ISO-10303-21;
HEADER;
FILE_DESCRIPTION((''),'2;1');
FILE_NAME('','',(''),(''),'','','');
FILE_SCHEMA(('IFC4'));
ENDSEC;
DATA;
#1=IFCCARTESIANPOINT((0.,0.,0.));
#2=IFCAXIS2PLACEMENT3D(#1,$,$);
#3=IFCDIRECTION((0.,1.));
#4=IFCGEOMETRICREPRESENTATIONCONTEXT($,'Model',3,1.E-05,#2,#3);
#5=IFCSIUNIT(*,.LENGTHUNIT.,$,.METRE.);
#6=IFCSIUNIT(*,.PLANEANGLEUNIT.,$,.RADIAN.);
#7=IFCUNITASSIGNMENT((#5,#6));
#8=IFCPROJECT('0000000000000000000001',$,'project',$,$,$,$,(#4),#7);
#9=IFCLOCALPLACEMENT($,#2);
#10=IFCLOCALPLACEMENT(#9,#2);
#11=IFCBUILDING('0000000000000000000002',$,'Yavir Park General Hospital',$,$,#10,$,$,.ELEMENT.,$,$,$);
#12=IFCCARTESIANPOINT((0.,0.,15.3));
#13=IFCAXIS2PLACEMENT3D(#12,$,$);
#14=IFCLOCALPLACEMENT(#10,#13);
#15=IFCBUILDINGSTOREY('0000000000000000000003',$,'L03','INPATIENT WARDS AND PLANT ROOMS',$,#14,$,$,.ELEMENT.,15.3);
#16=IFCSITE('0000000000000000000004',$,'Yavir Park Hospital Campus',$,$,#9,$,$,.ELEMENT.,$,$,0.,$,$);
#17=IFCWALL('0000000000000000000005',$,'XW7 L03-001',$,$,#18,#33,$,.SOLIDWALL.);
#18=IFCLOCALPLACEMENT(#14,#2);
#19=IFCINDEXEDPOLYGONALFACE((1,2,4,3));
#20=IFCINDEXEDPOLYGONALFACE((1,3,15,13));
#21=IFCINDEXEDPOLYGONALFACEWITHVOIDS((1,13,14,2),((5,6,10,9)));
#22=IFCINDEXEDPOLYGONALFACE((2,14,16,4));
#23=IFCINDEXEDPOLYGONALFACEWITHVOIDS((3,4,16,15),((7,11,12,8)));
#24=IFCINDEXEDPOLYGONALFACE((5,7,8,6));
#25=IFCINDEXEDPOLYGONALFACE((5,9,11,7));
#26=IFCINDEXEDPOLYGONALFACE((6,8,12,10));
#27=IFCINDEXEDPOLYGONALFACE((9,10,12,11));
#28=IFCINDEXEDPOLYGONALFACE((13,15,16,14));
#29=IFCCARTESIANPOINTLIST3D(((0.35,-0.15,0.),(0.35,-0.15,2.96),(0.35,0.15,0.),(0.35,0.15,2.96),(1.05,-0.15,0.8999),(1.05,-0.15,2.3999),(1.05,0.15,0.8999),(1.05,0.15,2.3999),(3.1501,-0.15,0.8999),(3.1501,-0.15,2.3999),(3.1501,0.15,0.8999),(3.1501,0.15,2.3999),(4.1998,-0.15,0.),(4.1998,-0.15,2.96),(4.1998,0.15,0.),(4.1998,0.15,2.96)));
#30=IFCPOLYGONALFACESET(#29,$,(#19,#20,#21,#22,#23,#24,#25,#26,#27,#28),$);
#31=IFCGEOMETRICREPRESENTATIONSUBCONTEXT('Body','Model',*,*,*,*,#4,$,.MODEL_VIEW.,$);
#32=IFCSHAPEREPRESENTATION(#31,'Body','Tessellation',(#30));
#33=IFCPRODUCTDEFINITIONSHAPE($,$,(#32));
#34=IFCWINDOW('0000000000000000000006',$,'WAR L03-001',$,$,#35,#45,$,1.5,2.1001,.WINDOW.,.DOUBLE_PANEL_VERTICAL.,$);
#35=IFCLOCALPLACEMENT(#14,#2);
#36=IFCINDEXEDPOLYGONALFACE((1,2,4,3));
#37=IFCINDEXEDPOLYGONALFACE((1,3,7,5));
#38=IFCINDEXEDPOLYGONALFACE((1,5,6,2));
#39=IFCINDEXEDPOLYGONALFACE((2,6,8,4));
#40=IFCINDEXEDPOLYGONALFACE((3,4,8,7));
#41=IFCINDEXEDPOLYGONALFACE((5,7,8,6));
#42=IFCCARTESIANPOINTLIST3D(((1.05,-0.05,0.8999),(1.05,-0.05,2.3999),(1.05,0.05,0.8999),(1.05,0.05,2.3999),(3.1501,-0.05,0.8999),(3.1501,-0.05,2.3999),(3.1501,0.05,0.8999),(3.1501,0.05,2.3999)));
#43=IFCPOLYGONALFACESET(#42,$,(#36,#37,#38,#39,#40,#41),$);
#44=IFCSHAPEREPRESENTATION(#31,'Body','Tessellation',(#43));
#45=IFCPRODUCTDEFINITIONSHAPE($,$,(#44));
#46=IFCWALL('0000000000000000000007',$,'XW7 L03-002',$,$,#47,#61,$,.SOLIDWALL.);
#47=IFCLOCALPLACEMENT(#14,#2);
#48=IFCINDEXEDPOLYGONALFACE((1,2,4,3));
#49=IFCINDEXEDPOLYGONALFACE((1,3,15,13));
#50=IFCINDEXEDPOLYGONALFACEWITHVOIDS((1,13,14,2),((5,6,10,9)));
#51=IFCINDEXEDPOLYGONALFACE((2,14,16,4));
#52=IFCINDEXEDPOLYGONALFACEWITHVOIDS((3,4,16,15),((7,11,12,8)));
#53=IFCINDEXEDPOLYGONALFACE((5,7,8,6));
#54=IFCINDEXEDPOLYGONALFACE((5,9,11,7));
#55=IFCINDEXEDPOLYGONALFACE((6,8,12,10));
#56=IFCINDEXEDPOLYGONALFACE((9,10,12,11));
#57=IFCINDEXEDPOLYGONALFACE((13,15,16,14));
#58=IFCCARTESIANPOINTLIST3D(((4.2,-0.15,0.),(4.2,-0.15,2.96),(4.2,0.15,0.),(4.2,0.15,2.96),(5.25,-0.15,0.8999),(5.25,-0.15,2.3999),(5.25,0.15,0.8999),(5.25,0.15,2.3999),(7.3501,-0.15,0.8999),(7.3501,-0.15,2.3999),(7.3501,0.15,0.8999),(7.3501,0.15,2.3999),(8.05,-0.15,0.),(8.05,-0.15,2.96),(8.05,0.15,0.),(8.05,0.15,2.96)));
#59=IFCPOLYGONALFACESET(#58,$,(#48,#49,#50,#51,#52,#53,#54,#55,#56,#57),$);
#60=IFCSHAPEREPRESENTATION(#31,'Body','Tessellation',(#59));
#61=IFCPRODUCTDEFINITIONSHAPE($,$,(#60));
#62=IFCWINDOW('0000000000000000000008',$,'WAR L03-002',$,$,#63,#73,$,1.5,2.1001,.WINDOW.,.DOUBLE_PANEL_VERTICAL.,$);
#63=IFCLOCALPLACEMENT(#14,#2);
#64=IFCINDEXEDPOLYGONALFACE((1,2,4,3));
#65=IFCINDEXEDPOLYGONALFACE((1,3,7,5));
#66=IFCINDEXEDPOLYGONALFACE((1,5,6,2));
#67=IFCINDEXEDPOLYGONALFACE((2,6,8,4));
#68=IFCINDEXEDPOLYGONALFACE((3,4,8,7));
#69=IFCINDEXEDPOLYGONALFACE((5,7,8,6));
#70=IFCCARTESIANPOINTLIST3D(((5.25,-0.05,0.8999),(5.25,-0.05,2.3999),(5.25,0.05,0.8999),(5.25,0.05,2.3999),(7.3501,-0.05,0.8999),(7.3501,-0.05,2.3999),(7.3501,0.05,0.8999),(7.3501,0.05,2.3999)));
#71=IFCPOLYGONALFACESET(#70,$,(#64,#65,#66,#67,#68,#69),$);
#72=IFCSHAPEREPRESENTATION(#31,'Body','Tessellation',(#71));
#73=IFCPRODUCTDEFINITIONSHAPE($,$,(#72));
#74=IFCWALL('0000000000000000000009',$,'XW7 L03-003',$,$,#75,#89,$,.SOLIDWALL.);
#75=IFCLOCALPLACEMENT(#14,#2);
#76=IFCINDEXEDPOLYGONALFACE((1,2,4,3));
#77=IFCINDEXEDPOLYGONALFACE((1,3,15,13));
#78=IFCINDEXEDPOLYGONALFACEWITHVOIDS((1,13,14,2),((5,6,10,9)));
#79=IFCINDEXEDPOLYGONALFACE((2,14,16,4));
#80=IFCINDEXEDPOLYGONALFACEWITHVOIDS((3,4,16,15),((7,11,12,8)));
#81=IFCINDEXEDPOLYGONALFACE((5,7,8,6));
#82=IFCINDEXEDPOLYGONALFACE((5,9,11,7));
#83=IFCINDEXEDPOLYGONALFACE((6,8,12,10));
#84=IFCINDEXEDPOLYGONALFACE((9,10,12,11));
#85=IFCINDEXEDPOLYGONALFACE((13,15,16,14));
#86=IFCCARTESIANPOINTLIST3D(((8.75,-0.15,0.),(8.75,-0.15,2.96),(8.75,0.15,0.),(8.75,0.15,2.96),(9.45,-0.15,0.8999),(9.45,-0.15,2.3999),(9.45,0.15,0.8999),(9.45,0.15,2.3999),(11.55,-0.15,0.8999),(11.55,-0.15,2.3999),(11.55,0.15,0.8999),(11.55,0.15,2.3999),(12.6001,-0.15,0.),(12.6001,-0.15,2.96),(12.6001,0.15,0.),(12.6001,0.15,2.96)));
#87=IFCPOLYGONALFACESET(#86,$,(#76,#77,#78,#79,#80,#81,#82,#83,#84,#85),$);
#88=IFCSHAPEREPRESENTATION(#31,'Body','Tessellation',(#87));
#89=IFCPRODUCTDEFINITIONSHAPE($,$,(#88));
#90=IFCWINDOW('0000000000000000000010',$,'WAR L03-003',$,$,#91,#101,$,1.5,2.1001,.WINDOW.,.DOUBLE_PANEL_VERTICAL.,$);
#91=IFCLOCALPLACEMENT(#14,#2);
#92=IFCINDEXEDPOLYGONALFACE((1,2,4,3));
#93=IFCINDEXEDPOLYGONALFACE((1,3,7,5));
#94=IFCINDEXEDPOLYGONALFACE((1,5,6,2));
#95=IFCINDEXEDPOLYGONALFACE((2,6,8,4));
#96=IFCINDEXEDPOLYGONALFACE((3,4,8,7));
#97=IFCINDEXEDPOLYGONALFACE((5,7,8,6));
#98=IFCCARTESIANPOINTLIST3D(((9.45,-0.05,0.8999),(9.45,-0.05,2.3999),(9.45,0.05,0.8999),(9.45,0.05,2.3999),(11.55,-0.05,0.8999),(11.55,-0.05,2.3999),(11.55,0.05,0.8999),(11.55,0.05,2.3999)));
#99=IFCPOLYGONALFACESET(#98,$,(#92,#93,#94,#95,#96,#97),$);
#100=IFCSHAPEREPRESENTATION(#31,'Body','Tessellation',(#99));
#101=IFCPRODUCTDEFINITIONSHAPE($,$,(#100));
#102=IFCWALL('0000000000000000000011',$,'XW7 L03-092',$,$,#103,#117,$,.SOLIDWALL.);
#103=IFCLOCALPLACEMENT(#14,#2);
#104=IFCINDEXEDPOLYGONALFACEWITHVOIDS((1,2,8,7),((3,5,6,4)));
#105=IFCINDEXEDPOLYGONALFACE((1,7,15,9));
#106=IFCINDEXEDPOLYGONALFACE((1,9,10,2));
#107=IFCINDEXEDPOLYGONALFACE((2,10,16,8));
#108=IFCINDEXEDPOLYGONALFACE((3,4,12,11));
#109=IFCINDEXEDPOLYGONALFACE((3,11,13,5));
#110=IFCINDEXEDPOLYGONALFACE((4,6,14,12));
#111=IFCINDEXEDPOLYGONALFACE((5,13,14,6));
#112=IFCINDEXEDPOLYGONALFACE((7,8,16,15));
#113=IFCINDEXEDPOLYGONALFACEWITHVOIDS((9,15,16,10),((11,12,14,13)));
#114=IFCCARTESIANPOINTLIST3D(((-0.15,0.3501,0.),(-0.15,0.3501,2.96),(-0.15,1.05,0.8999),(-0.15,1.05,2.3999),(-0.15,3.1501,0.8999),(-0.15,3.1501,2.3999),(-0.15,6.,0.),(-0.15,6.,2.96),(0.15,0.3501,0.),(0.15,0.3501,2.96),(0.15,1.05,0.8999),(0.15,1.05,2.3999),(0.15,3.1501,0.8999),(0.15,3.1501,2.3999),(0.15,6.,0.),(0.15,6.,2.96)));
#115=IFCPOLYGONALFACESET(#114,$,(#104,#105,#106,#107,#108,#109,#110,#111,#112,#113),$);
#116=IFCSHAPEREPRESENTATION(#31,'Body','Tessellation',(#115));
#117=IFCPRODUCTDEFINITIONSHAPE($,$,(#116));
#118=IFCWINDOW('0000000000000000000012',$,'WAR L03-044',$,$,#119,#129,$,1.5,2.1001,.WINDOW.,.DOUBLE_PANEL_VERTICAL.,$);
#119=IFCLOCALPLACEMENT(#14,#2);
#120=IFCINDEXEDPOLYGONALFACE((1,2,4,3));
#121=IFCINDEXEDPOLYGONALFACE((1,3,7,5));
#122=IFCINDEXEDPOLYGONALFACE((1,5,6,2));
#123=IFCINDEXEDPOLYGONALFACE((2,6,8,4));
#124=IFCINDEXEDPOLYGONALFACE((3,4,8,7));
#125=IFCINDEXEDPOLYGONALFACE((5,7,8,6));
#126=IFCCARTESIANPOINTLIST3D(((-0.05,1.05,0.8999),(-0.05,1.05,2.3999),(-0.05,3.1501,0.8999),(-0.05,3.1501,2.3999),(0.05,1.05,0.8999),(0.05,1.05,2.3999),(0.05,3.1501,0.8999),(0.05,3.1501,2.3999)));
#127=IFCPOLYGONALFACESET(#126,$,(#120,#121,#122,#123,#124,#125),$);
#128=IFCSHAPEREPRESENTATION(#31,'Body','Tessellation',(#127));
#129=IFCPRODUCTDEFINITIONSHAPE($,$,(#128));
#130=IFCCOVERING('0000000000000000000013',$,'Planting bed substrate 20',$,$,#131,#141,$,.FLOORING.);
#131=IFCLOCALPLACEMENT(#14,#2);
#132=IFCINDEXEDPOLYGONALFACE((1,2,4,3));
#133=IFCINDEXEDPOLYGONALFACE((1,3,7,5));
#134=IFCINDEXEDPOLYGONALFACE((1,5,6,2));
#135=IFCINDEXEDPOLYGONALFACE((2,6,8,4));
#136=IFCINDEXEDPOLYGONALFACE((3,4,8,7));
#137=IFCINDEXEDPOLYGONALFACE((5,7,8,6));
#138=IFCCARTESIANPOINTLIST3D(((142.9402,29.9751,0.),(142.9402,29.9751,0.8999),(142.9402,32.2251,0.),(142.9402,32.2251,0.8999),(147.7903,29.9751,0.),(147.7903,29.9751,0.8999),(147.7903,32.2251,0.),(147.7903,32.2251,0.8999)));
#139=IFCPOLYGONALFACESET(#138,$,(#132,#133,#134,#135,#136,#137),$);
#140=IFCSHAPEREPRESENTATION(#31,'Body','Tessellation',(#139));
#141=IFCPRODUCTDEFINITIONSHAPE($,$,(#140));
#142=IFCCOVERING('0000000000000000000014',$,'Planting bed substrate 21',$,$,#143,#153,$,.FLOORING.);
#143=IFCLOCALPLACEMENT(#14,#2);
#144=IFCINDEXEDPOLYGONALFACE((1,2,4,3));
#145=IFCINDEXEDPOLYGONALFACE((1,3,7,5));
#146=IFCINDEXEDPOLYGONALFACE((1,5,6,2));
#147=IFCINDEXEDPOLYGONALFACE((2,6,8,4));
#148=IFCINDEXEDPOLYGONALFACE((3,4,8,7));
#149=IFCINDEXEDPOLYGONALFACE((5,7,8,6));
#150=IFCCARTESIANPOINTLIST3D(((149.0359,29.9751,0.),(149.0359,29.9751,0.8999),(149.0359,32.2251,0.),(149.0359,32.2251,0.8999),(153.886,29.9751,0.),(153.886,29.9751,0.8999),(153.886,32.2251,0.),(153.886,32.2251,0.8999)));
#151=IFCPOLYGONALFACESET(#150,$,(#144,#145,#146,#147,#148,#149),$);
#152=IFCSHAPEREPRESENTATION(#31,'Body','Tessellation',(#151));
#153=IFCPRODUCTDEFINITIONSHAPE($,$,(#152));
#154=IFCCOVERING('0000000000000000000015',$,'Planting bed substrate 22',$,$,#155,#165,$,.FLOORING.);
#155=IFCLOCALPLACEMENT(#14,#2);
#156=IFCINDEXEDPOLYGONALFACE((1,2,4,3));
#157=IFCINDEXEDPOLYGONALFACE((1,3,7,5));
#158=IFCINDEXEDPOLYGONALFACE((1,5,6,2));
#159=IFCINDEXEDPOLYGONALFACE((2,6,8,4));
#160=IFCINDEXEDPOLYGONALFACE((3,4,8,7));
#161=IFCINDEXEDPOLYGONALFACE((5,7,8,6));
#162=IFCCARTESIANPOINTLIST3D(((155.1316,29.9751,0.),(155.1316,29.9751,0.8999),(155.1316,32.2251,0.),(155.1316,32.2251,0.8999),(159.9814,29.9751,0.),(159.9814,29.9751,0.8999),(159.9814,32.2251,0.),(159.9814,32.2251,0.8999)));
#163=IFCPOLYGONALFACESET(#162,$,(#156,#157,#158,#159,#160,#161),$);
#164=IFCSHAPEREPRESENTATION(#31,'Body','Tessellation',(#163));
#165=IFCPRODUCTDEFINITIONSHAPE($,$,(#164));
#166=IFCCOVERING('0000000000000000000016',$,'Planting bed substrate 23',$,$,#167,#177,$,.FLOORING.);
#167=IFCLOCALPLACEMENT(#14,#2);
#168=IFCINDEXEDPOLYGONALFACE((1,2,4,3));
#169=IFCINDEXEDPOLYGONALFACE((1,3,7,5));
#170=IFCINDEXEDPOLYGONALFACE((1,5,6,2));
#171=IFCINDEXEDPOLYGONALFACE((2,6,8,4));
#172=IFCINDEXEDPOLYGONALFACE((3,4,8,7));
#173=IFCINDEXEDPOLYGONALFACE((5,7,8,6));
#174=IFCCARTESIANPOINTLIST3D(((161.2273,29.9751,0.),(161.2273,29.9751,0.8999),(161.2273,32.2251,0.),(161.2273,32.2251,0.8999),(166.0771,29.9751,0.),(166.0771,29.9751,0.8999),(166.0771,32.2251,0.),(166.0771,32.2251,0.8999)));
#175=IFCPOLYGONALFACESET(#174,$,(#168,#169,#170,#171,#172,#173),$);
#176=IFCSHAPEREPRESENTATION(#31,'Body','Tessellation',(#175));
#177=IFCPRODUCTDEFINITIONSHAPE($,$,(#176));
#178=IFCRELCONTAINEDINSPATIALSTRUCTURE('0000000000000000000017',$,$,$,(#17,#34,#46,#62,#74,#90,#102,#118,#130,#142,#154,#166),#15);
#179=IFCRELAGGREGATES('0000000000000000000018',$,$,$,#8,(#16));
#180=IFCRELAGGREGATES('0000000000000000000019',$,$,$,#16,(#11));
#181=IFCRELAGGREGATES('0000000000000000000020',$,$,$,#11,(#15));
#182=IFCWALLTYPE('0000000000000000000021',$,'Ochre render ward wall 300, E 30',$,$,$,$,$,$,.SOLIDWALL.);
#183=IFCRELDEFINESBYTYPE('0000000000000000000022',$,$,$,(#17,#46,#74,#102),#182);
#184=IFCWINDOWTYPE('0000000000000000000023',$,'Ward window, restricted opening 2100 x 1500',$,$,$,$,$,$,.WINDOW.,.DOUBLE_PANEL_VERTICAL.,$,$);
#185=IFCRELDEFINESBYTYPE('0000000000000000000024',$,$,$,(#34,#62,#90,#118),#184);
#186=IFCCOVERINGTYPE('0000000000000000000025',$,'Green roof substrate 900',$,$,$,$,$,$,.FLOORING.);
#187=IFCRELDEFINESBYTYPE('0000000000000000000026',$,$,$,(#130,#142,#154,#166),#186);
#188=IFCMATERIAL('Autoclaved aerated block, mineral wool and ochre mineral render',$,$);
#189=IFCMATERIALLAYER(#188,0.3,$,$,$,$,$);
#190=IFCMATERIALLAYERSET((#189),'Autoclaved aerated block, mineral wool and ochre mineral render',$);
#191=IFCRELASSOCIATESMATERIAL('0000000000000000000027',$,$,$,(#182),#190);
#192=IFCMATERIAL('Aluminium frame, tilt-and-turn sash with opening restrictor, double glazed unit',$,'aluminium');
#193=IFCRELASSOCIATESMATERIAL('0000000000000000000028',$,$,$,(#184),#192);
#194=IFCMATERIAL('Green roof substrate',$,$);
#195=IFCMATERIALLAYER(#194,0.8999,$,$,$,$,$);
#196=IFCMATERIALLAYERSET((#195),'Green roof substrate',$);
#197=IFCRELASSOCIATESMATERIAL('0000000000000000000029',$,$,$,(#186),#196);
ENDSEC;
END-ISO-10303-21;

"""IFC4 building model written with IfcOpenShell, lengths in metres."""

from ifc_helpers import new_model, si_unit, direction, frame, frame_2d, origin, place, context, subcontext, project, spatial, polyline, rectangle, outline, extrude, material, layer, layer_set, type_object, element, fill, save


model = new_model("IFC4")

# Units and contexts
model_context = context("Model", 3, precision=1e-05, world=origin(), true_north=direction((0.0, 1.0)))
body_context = subcontext(model_context, "Body", "Model", "MODEL_VIEW")
ifc_project = project(units=[si_unit("LENGTHUNIT", "METRE"), si_unit("PLANEANGLEUNIT", "RADIAN")], contexts=[model_context])

# Site, building, storey
site_placement = place(None, origin())
site = spatial("IfcSite", under=ifc_project, at=site_placement, Name="Yavir Park Hospital Campus", CompositionType="ELEMENT", RefElevation=0.0)
building_placement = place(site_placement, origin())
building = spatial("IfcBuilding", under=site, at=building_placement, Name="Yavir Park General Hospital", CompositionType="ELEMENT")
storey_placement = place(building_placement, frame((0.0, 0.0, 15.3)))
storey = spatial("IfcBuildingStorey", under=building, at=storey_placement, Name="L03", Description="INPATIENT WARDS AND PLANT ROOMS", CompositionType="ELEMENT", Elevation=15.3)

# Walls, openings, windows
ifc_material_1 = material(Name="Autoclaved aerated block, mineral wool and ochre mineral render")
ifc_layer_1 = layer(ifc_material_1, 0.3)
ifc_layer_set_1 = layer_set([ifc_layer_1], Name="Autoclaved aerated block, mineral wool and ochre mineral render")
wall_type_1 = type_object("IfcWallType", Name="Ochre render ward wall 300, E 30", PredefinedType="SOLIDWALL", material=ifc_layer_set_1)
wall_1_placement = place(storey_placement, frame((0.3501, 0.0, 0.0), z_axis=(0.0, 0.0, 1.0), x_axis=(1.0, 0.0, 0.0)))
wall_1 = element("IfcWall", 1, at=wall_1_placement, inside=storey, type_object=wall_type_1, Name="XW7 L03-001", PredefinedType="SOLIDWALL", context=body_context, shape_type="SweptSolid", body=[
    extrude(rectangle(XDim=3.8499, YDim=0.3, at=frame_2d((1.9248, 0.0))), origin(), (0.0, 0.0, 1.0), 2.96),
])
opening_1_placement = place(wall_1_placement, frame((0.7, 0.0, 0.8999)))
opening_1 = element("IfcOpeningElement", 2, at=opening_1_placement, cuts=wall_1, PredefinedType="OPENING", context=body_context, shape_type="SweptSolid", body=[
    extrude(rectangle(XDim=2.1001, YDim=1.5, at=frame_2d((1.05, 0.75))), frame((0.0, 0.1599, 0.0), z_axis=(0.0, -1.0, 0.0), x_axis=(1.0, 0.0, 0.0)), (0.0, 0.0, 1.0), 0.3201),
])
ifc_material_2 = material(Name="Aluminium frame, tilt-and-turn sash with opening restrictor, double glazed unit", Category="aluminium")
window_type = type_object("IfcWindowType", Name="Ward window, restricted opening 2100 x 1500", PartitioningType="DOUBLE_PANEL_VERTICAL", PredefinedType="WINDOW", material=ifc_material_2)
window_1_placement = place(opening_1_placement, origin())
window_1 = element("IfcWindow", 3, at=window_1_placement, inside=storey, type_object=window_type, Name="WAR L03-001", OverallHeight=1.5, OverallWidth=2.1001, PartitioningType="DOUBLE_PANEL_VERTICAL", PredefinedType="WINDOW", context=body_context, shape_type="SweptSolid", body=[
    extrude(rectangle(XDim=2.1001, YDim=1.5, at=frame_2d((1.05, 0.75))), frame((0.0, 0.05, 0.0), z_axis=(0.0, -1.0, 0.0), x_axis=(1.0, 0.0, 0.0)), (0.0, 0.0, 1.0), 0.1001),
])
fill(opening_1, window_1)
wall_2_placement = place(storey_placement, frame((4.2, 0.0, 0.0), z_axis=(0.0, 0.0, 1.0), x_axis=(1.0, 0.0, 0.0)))
wall_2 = element("IfcWall", 4, at=wall_2_placement, inside=storey, type_object=wall_type_1, Name="XW7 L03-002", PredefinedType="SOLIDWALL", context=body_context, shape_type="SweptSolid", body=[
    extrude(rectangle(XDim=3.8501, YDim=0.3, at=frame_2d((1.925, 0.0))), origin(), (0.0, 0.0, 1.0), 2.96),
])
opening_2_placement = place(wall_2_placement, frame((1.05, 0.0, 0.8999)))
opening_2 = element("IfcOpeningElement", 5, at=opening_2_placement, cuts=wall_2, PredefinedType="OPENING", context=body_context, shape_type="SweptSolid", body=[
    extrude(rectangle(XDim=2.1001, YDim=1.5, at=frame_2d((1.05, 0.75))), frame((0.0, 0.1599, 0.0), z_axis=(0.0, -1.0, 0.0), x_axis=(1.0, 0.0, 0.0)), (0.0, 0.0, 1.0), 0.3201),
])
window_2_placement = place(opening_2_placement, origin())
window_2 = element("IfcWindow", 6, at=window_2_placement, inside=storey, type_object=window_type, Name="WAR L03-002", OverallHeight=1.5, OverallWidth=2.1001, PartitioningType="DOUBLE_PANEL_VERTICAL", PredefinedType="WINDOW", context=body_context, shape_type="SweptSolid", body=[
    extrude(rectangle(XDim=2.1001, YDim=1.5, at=frame_2d((1.05, 0.75))), frame((0.0, 0.05, 0.0), z_axis=(0.0, -1.0, 0.0), x_axis=(1.0, 0.0, 0.0)), (0.0, 0.0, 1.0), 0.1001),
])
fill(opening_2, window_2)
wall_3_placement = place(storey_placement, frame((8.75, 0.0, 0.0), z_axis=(0.0, 0.0, 1.0), x_axis=(1.0, 0.0, 0.0)))
wall_3 = element("IfcWall", 7, at=wall_3_placement, inside=storey, type_object=wall_type_1, Name="XW7 L03-003", PredefinedType="SOLIDWALL", context=body_context, shape_type="SweptSolid", body=[
    extrude(rectangle(XDim=3.8501, YDim=0.3, at=frame_2d((1.925, 0.0))), origin(), (0.0, 0.0, 1.0), 2.96),
])
opening_3_placement = place(wall_3_placement, frame((0.7, 0.0, 0.8999)))
opening_3 = element("IfcOpeningElement", 8, at=opening_3_placement, cuts=wall_3, PredefinedType="OPENING", context=body_context, shape_type="SweptSolid", body=[
    extrude(rectangle(XDim=2.1001, YDim=1.5, at=frame_2d((1.05, 0.75))), frame((0.0, 0.1599, 0.0), z_axis=(0.0, -1.0, 0.0), x_axis=(1.0, 0.0, 0.0)), (0.0, 0.0, 1.0), 0.3201),
])
window_3_placement = place(opening_3_placement, origin())
window_3 = element("IfcWindow", 9, at=window_3_placement, inside=storey, type_object=window_type, Name="WAR L03-003", OverallHeight=1.5, OverallWidth=2.1001, PartitioningType="DOUBLE_PANEL_VERTICAL", PredefinedType="WINDOW", context=body_context, shape_type="SweptSolid", body=[
    extrude(rectangle(XDim=2.1001, YDim=1.5, at=frame_2d((1.05, 0.75))), frame((0.0, 0.05, 0.0), z_axis=(0.0, -1.0, 0.0), x_axis=(1.0, 0.0, 0.0)), (0.0, 0.0, 1.0), 0.1001),
])
fill(opening_3, window_3)
wall_4_placement = place(storey_placement, frame((0.0, 0.3501, 0.0), z_axis=(0.0, 0.0, 1.0), x_axis=(0.0, 1.0, 0.0)))
wall_4 = element("IfcWall", 10, at=wall_4_placement, inside=storey, type_object=wall_type_1, Name="XW7 L03-092", PredefinedType="SOLIDWALL", context=body_context, shape_type="SweptSolid", body=[
    extrude(rectangle(XDim=5.6499, YDim=0.3, at=frame_2d((2.825, 0.0))), origin(), (0.0, 0.0, 1.0), 2.96),
])
opening_4_placement = place(wall_4_placement, frame((0.7, 0.0, 0.8999)))
opening_4 = element("IfcOpeningElement", 11, at=opening_4_placement, cuts=wall_4, PredefinedType="OPENING", context=body_context, shape_type="SweptSolid", body=[
    extrude(rectangle(XDim=2.1001, YDim=1.5, at=frame_2d((1.05, 0.75))), frame((0.0, 0.1599, 0.0), z_axis=(0.0, -1.0, 0.0), x_axis=(1.0, 0.0, 0.0)), (0.0, 0.0, 1.0), 0.3201),
])
window_4_placement = place(opening_4_placement, origin())
window_4 = element("IfcWindow", 12, at=window_4_placement, inside=storey, type_object=window_type, Name="WAR L03-044", OverallHeight=1.5, OverallWidth=2.1001, PartitioningType="DOUBLE_PANEL_VERTICAL", PredefinedType="WINDOW", context=body_context, shape_type="SweptSolid", body=[
    extrude(rectangle(XDim=2.1001, YDim=1.5, at=frame_2d((1.05, 0.75))), frame((0.0, 0.05, 0.0), z_axis=(0.0, -1.0, 0.0), x_axis=(1.0, 0.0, 0.0)), (0.0, 0.0, 1.0), 0.1001),
])
fill(opening_4, window_4)

# Coverings
ifc_material_3 = material(Name="Green roof substrate")
ifc_layer_2 = layer(ifc_material_3, 0.8999)
ifc_layer_set_2 = layer_set([ifc_layer_2], Name="Green roof substrate")
covering_type = type_object("IfcCoveringType", Name="Green roof substrate 900", PredefinedType="FLOORING", material=ifc_layer_set_2)
covering_1_placement = place(storey_placement, origin())
element("IfcCovering", 13, at=covering_1_placement, inside=storey, type_object=covering_type, Name="Planting bed substrate 20", PredefinedType="FLOORING", context=body_context, shape_type="SweptSolid", body=[
    extrude(outline(polyline([(142.9402, 29.9751), (147.7903, 29.9751), (147.7903, 32.2251), (142.9402, 32.2251), (142.9402, 29.9751)])), origin(), (0.0, 0.0, 1.0), 0.8999),
])
covering_2_placement = place(storey_placement, origin())
element("IfcCovering", 14, at=covering_2_placement, inside=storey, type_object=covering_type, Name="Planting bed substrate 21", PredefinedType="FLOORING", context=body_context, shape_type="SweptSolid", body=[
    extrude(outline(polyline([(149.0359, 29.9751), (153.886, 29.9751), (153.886, 32.2251), (149.0359, 32.2251), (149.0359, 29.9751)])), origin(), (0.0, 0.0, 1.0), 0.8999),
])
covering_3_placement = place(storey_placement, origin())
element("IfcCovering", 15, at=covering_3_placement, inside=storey, type_object=covering_type, Name="Planting bed substrate 22", PredefinedType="FLOORING", context=body_context, shape_type="SweptSolid", body=[
    extrude(outline(polyline([(155.1316, 29.9751), (159.9814, 29.9751), (159.9814, 32.2251), (155.1316, 32.2251), (155.1316, 29.9751)])), origin(), (0.0, 0.0, 1.0), 0.8999),
])
covering_4_placement = place(storey_placement, origin())
element("IfcCovering", 16, at=covering_4_placement, inside=storey, type_object=covering_type, Name="Planting bed substrate 23", PredefinedType="FLOORING", context=body_context, shape_type="SweptSolid", body=[
    extrude(outline(polyline([(161.2273, 29.9751), (166.0771, 29.9751), (166.0771, 32.2251), (161.2273, 32.2251), (161.2273, 29.9751)])), origin(), (0.0, 0.0, 1.0), 0.8999),
])

save(model, "model.ifc")
